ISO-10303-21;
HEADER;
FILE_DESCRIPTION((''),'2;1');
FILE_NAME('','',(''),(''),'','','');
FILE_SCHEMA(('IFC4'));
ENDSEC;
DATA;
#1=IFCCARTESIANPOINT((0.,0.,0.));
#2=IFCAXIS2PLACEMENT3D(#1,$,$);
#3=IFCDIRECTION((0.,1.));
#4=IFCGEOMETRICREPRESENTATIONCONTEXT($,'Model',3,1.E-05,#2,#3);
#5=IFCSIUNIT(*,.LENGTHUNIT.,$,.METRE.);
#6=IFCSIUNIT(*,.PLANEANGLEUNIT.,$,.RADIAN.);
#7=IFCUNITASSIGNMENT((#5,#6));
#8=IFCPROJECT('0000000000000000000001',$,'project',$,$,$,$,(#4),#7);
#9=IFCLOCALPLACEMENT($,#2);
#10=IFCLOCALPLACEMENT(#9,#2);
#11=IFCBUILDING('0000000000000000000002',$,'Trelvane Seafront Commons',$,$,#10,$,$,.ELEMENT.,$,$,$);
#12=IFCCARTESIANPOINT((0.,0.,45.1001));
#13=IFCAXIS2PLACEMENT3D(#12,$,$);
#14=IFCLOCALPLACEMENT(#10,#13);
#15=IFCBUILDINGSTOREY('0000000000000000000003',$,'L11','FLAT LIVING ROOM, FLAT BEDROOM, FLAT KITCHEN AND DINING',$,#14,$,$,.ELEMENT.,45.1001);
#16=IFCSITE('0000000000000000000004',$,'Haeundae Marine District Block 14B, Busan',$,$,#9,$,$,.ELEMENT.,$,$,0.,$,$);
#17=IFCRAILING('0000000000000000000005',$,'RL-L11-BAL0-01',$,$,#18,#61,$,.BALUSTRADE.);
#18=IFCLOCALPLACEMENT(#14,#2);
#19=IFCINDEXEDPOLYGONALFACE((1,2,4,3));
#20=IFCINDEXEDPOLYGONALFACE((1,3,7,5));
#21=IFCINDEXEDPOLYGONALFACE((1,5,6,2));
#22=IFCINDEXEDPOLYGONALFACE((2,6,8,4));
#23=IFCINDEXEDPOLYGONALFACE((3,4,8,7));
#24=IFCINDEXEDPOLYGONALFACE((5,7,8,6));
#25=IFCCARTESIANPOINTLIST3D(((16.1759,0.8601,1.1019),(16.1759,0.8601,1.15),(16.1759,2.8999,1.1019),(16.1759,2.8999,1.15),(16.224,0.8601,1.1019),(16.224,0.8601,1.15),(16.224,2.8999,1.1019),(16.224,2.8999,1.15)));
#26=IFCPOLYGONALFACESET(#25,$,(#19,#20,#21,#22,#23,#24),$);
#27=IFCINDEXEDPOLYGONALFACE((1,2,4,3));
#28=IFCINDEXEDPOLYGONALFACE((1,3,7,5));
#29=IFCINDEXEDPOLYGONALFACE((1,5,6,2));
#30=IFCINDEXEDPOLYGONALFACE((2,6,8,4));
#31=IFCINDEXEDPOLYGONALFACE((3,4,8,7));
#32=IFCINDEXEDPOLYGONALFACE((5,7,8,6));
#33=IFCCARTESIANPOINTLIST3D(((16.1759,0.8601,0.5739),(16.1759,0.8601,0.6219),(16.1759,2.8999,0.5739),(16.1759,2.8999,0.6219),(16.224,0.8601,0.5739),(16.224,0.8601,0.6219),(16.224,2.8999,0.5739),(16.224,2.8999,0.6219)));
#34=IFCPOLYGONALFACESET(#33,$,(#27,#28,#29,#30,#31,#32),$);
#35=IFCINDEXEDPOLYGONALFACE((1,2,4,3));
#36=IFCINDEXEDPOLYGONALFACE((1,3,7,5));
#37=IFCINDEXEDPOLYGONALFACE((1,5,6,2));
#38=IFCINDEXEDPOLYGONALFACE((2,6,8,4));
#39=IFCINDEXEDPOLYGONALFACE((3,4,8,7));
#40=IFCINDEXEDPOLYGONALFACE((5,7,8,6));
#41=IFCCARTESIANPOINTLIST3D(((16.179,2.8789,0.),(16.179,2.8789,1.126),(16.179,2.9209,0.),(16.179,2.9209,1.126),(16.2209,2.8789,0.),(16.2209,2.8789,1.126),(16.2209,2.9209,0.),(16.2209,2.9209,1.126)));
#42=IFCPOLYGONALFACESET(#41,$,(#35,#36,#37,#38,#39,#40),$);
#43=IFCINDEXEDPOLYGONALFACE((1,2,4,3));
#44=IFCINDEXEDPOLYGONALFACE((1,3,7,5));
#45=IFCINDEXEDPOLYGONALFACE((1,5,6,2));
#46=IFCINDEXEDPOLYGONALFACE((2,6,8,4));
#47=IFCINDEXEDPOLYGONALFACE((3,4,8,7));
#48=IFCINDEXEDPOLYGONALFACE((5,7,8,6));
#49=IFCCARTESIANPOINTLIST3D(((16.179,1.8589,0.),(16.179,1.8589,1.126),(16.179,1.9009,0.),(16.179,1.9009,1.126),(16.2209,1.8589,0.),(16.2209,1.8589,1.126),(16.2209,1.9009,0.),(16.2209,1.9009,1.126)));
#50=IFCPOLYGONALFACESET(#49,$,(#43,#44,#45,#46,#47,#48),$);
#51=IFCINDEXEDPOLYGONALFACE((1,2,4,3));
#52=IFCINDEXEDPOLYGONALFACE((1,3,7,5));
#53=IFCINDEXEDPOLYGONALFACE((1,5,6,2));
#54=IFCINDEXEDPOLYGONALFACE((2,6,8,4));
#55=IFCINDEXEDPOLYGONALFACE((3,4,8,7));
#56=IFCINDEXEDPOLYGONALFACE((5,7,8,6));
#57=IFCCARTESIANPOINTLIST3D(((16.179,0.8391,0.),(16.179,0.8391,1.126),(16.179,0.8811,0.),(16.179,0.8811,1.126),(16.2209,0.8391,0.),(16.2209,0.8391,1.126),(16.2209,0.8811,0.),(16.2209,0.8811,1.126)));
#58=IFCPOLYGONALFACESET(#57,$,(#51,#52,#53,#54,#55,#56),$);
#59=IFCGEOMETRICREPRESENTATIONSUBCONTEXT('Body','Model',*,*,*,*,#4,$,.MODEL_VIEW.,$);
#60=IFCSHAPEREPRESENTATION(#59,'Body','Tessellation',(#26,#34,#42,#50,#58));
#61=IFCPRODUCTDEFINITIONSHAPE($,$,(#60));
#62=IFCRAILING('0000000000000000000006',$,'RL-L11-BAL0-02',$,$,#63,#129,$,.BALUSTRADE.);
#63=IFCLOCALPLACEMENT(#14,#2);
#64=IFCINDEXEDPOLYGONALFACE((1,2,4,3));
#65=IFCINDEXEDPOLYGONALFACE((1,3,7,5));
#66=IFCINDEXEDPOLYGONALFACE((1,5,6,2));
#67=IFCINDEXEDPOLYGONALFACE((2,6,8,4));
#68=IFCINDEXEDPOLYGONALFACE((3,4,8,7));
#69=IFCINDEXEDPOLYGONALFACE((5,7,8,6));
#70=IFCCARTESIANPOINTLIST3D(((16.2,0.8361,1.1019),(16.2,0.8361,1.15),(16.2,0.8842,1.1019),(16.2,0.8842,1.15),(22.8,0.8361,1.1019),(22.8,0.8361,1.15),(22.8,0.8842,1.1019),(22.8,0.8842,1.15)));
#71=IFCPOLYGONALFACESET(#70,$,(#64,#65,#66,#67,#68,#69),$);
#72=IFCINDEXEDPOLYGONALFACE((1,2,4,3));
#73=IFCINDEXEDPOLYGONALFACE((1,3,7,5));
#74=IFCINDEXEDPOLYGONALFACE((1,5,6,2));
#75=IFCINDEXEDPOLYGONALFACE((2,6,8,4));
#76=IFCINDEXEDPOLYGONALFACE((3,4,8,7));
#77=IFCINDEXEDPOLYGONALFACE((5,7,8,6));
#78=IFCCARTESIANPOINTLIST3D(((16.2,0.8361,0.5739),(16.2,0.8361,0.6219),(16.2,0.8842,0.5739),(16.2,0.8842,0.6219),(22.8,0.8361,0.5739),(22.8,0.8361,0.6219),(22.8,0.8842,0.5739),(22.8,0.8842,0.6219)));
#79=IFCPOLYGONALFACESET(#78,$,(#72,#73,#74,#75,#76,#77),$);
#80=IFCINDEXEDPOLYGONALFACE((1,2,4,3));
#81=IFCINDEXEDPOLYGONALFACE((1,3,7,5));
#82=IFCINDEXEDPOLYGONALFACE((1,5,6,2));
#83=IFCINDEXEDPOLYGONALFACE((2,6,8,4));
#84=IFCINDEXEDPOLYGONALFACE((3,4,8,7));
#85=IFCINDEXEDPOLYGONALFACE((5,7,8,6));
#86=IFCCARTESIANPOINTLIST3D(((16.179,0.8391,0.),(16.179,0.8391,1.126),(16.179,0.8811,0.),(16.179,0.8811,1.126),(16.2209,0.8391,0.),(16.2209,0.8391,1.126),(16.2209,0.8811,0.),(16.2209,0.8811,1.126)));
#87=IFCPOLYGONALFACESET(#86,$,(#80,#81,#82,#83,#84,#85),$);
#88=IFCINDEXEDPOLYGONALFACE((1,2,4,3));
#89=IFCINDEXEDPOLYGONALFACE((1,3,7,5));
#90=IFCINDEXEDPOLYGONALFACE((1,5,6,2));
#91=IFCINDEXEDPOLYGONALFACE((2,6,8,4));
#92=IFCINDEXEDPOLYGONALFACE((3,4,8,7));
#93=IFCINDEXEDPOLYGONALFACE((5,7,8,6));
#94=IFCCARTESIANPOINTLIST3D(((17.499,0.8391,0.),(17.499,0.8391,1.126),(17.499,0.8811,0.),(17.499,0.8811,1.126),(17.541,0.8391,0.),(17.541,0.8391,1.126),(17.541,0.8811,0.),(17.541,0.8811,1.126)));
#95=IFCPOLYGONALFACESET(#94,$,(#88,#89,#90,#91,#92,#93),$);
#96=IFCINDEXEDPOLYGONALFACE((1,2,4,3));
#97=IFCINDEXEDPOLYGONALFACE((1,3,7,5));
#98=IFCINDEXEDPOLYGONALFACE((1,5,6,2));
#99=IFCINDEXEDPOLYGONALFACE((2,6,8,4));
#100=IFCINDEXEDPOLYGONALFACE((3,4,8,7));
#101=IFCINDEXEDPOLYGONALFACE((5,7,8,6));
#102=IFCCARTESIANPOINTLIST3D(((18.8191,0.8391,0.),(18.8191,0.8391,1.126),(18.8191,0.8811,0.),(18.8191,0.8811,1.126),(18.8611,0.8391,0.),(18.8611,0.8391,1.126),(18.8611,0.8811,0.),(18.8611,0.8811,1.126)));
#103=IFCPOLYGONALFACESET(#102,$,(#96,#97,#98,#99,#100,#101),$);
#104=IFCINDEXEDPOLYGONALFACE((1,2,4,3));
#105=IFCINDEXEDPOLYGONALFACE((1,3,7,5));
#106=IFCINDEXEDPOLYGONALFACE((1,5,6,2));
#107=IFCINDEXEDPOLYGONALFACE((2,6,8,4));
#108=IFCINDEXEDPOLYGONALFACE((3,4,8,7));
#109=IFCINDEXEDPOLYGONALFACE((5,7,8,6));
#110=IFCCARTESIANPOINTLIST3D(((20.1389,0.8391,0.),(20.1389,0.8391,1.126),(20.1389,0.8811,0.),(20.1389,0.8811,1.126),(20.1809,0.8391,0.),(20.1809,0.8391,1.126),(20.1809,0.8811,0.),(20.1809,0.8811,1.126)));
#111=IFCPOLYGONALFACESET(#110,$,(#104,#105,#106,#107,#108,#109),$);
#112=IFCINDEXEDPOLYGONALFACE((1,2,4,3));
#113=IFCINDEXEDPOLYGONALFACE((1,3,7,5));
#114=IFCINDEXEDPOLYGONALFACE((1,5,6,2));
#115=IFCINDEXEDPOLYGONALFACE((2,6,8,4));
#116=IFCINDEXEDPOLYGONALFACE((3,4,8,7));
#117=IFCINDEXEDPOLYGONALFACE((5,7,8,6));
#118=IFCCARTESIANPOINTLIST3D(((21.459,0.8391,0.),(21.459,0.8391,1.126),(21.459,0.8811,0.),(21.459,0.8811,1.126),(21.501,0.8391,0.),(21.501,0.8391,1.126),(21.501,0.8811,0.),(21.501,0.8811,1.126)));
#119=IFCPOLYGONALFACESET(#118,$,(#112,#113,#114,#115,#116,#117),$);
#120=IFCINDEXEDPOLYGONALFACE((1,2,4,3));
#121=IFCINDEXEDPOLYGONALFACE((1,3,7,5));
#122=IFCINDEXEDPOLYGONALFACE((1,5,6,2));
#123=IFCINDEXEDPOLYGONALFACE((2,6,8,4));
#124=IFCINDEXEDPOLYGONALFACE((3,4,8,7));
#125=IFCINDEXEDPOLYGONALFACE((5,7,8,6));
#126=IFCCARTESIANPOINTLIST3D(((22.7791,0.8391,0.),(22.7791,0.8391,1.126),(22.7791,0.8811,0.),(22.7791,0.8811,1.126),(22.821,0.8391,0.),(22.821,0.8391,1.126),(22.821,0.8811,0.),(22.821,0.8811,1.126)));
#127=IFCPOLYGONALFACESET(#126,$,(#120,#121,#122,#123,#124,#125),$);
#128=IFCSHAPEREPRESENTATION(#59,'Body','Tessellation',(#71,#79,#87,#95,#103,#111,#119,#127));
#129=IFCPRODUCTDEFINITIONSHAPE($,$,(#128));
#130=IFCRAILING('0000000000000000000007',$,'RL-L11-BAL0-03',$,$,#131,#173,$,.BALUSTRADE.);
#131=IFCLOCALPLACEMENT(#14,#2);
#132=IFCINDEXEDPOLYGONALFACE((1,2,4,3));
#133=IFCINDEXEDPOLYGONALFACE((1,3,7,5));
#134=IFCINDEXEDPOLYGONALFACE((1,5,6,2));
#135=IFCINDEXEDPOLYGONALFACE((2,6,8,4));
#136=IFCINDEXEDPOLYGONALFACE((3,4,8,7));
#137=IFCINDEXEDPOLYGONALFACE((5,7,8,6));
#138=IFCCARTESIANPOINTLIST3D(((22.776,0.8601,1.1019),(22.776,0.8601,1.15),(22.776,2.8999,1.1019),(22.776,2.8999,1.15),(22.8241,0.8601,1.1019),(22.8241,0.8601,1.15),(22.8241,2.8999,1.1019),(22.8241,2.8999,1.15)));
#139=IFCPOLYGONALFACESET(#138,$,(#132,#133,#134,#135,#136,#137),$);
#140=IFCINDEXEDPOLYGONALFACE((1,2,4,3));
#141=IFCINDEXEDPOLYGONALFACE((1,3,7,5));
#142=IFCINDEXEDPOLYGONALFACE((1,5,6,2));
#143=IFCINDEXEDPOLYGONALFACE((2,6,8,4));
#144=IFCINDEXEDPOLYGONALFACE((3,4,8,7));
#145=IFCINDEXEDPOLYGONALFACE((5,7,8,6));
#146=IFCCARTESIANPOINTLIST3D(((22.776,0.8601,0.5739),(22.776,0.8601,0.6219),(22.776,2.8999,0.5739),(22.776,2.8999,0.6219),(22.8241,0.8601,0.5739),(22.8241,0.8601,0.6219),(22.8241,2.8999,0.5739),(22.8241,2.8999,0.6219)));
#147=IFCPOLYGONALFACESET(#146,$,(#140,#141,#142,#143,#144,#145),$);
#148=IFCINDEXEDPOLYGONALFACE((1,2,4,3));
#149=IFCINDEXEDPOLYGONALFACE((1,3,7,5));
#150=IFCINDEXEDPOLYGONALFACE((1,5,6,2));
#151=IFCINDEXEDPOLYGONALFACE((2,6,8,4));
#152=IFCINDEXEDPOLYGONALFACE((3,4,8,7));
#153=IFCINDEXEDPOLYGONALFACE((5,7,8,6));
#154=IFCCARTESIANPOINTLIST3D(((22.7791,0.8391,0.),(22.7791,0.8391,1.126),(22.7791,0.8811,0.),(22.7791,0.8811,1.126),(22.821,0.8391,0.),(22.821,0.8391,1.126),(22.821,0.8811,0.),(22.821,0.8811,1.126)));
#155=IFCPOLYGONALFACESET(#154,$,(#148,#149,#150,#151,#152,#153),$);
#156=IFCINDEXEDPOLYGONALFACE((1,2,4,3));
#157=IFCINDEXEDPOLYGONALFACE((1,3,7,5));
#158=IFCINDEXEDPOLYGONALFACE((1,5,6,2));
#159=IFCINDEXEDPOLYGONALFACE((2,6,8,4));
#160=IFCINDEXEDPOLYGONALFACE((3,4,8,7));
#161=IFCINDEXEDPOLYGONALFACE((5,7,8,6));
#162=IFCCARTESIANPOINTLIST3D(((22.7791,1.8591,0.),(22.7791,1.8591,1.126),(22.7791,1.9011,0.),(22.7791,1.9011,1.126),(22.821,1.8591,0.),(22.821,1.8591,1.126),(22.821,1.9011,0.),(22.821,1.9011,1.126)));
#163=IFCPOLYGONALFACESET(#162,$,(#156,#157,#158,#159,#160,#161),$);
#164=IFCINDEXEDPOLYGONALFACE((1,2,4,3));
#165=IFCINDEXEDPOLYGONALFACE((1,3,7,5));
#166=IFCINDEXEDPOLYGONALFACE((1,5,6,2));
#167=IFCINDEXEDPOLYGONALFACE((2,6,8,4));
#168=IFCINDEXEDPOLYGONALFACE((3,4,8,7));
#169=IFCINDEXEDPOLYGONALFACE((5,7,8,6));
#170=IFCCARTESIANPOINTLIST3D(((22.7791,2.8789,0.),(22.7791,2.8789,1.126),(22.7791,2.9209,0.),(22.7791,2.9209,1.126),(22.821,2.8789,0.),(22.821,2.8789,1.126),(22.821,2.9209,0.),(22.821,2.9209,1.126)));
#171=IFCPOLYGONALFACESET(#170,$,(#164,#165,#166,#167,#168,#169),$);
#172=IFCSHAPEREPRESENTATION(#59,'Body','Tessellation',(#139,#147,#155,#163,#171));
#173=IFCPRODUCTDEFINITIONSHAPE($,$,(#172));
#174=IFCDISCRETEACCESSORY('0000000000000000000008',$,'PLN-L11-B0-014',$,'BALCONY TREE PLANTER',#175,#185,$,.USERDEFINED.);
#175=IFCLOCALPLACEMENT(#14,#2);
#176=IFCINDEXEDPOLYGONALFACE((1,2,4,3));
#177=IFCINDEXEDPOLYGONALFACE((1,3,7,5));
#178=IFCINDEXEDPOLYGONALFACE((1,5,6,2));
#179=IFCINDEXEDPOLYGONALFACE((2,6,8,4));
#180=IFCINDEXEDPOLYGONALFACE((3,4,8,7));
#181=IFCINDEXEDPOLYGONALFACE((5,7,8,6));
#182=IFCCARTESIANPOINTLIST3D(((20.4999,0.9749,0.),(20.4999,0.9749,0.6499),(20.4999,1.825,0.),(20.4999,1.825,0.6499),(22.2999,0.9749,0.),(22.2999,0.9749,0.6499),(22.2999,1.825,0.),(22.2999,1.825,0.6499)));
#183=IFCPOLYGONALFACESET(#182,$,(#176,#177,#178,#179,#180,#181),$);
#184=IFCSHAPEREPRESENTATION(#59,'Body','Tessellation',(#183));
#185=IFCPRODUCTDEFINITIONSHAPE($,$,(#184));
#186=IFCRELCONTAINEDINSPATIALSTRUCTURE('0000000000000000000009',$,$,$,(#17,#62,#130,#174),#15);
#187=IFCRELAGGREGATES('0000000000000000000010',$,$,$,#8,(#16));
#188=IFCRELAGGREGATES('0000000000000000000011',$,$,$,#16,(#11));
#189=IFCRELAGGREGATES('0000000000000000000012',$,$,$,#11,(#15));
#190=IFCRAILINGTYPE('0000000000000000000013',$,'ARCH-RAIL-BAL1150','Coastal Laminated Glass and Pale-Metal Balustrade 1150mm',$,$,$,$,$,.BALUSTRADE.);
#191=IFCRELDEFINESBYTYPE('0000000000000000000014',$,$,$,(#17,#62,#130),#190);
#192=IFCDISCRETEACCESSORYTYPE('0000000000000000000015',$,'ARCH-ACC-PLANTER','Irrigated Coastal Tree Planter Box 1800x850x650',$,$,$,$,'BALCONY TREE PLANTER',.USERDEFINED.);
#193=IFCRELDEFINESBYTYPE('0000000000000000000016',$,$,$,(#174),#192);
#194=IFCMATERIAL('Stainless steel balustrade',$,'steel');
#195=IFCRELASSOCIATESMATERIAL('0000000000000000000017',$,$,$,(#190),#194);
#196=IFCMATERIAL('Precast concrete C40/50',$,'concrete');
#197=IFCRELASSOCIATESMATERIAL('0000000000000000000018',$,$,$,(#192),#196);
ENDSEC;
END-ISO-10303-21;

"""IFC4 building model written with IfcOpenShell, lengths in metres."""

from ifc_helpers import new_model, si_unit, direction, frame, origin, origin_2d, place, context, subcontext, project, spatial, rectangle, extrude, source, transform, mapped, material, type_object, element, save


model = new_model("IFC4")

# Units and contexts
model_context = context("Model", 3, precision=1e-05, world=origin(), true_north=direction((0.0, 1.0)))
body_context = subcontext(model_context, "Body", "Model", "MODEL_VIEW")
ifc_project = project(units=[si_unit("LENGTHUNIT", "METRE"), si_unit("PLANEANGLEUNIT", "RADIAN")], contexts=[model_context])

# Site, building, storey
site_placement = place(None, origin())
site = spatial("IfcSite", under=ifc_project, at=site_placement, Name="Haeundae Marine District Block 14B, Busan", CompositionType="ELEMENT", RefElevation=0.0)
building_placement = place(site_placement, origin())
building = spatial("IfcBuilding", under=site, at=building_placement, Name="Trelvane Seafront Commons", CompositionType="ELEMENT")
storey_placement = place(building_placement, frame((0.0, 0.0, 45.1001)))
storey = spatial("IfcBuildingStorey", under=building, at=storey_placement, Name="L11", Description="FLAT LIVING ROOM, FLAT BEDROOM, FLAT KITCHEN AND DINING", CompositionType="ELEMENT", Elevation=45.1001)

# Railings
ifc_material_1 = material(Name="Stainless steel balustrade", Category="steel")
railing_type = type_object("IfcRailingType", Name="ARCH-RAIL-BAL1150", Description="Coastal Laminated Glass and Pale-Metal Balustrade 1150mm", PredefinedType="BALUSTRADE", material=ifc_material_1)
railing_1_placement = place(storey_placement, frame((16.2, 2.8999, 0.0)))
element("IfcRailing", 1, at=railing_1_placement, inside=storey, type_object=railing_type, Name="RL-L11-BAL0-01", PredefinedType="BALUSTRADE", context=body_context, shape_type="SweptSolid", body=[
    extrude(rectangle(XDim=0.0481, YDim=0.0481, at=origin_2d()), frame((0.0, 0.0, 1.126), z_axis=(0.0, -1.0, 0.0), x_axis=(1.0, 0.0, 0.0)), (0.0, 0.0, 1.0), 2.0398),
    extrude(rectangle(XDim=0.0481, YDim=0.0481, at=origin_2d()), frame((0.0, 0.0, 0.5979), z_axis=(0.0, -1.0, 0.0), x_axis=(1.0, 0.0, 0.0)), (0.0, 0.0, 1.0), 2.0398),
    extrude(rectangle(XDim=0.042, YDim=0.042, at=origin_2d()), origin(), (0.0, 0.0, 1.0), 1.126),
    extrude(rectangle(XDim=0.042, YDim=0.042, at=origin_2d()), frame((0.0, -1.02, 0.0)), (0.0, 0.0, 1.0), 1.126),
    extrude(rectangle(XDim=0.042, YDim=0.042, at=origin_2d()), frame((0.0, -2.0398, 0.0)), (0.0, 0.0, 1.0), 1.126),
])
railing_2_placement = place(storey_placement, frame((16.2, 0.8601, 0.0)))
element("IfcRailing", 2, at=railing_2_placement, inside=storey, type_object=railing_type, Name="RL-L11-BAL0-02", PredefinedType="BALUSTRADE", context=body_context, shape_type="SweptSolid", body=[
    extrude(rectangle(XDim=0.0481, YDim=0.0481, at=origin_2d()), frame((0.0, 0.0, 1.126), z_axis=(1.0, 0.0, 0.0), x_axis=(0.0, 1.0, 0.0)), (0.0, 0.0, 1.0), 6.6001),
    extrude(rectangle(XDim=0.0481, YDim=0.0481, at=origin_2d()), frame((0.0, 0.0, 0.5979), z_axis=(1.0, 0.0, 0.0), x_axis=(0.0, 1.0, 0.0)), (0.0, 0.0, 1.0), 6.6001),
    extrude(rectangle(XDim=0.042, YDim=0.042, at=origin_2d()), origin(), (0.0, 0.0, 1.0), 1.126),
    extrude(rectangle(XDim=0.042, YDim=0.042, at=origin_2d()), frame((1.3201, 0.0, 0.0)), (0.0, 0.0, 1.0), 1.126),
    extrude(rectangle(XDim=0.042, YDim=0.042, at=origin_2d()), frame((2.6401, 0.0, 0.0)), (0.0, 0.0, 1.0), 1.126),
    extrude(rectangle(XDim=0.042, YDim=0.042, at=origin_2d()), frame((3.96, 0.0, 0.0)), (0.0, 0.0, 1.0), 1.126),
    extrude(rectangle(XDim=0.042, YDim=0.042, at=origin_2d()), frame((5.28, 0.0, 0.0)), (0.0, 0.0, 1.0), 1.126),
    extrude(rectangle(XDim=0.042, YDim=0.042, at=origin_2d()), frame((6.6001, 0.0, 0.0)), (0.0, 0.0, 1.0), 1.126),
])
railing_3_placement = place(storey_placement, frame((22.8, 0.8601, 0.0)))
element("IfcRailing", 3, at=railing_3_placement, inside=storey, type_object=railing_type, Name="RL-L11-BAL0-03", PredefinedType="BALUSTRADE", context=body_context, shape_type="SweptSolid", body=[
    extrude(rectangle(XDim=0.0481, YDim=0.0481, at=origin_2d()), frame((0.0, 0.0, 1.126), z_axis=(0.0, 1.0, 0.0), x_axis=(-1.0, 0.0, 0.0)), (0.0, 0.0, 1.0), 2.0398),
    extrude(rectangle(XDim=0.0481, YDim=0.0481, at=origin_2d()), frame((0.0, 0.0, 0.5979), z_axis=(0.0, 1.0, 0.0), x_axis=(-1.0, 0.0, 0.0)), (0.0, 0.0, 1.0), 2.0398),
    extrude(rectangle(XDim=0.042, YDim=0.042, at=origin_2d()), origin(), (0.0, 0.0, 1.0), 1.126),
    extrude(rectangle(XDim=0.042, YDim=0.042, at=origin_2d()), frame((0.0, 1.02, 0.0)), (0.0, 0.0, 1.0), 1.126),
    extrude(rectangle(XDim=0.042, YDim=0.042, at=origin_2d()), frame((0.0, 2.0398, 0.0)), (0.0, 0.0, 1.0), 1.126),
])

# Discrete accessory
ifc_material_2 = material(Name="Precast concrete C40/50", Category="concrete")
discrete_accessory_type = type_object("IfcDiscreteAccessoryType", Name="ARCH-ACC-PLANTER", Description="Irrigated Coastal Tree Planter Box 1800x850x650", ElementType="BALCONY TREE PLANTER", PredefinedType="USERDEFINED", material=ifc_material_2)
shared_shape_1 = source(origin(), body_context, "Body", "SweptSolid", [
    extrude(rectangle(XDim=1.8, YDim=0.8501, at=origin_2d()), origin(), (0.0, 0.0, 1.0), 0.6499),
])
discrete_accessory_placement = place(storey_placement, frame((21.3999, 1.3999, 0.0), z_axis=(0.0, 0.0, 1.0), x_axis=(1.0, 0.0, 0.0)))
element("IfcDiscreteAccessory", 4, at=discrete_accessory_placement, inside=storey, type_object=discrete_accessory_type, Name="PLN-L11-B0-014", ObjectType="BALCONY TREE PLANTER", PredefinedType="USERDEFINED", context=body_context, shape_type="MappedRepresentation", body=[
    mapped(shared_shape_1, transform((0.0, 0.0, 0.0), x_axis=(1.0, 0.0, 0.0), y_axis=(0.0, 1.0, 0.0), z_axis=(0.0, 0.0, 1.0), scale=1.0)),
])

save(model, "model.ifc")
